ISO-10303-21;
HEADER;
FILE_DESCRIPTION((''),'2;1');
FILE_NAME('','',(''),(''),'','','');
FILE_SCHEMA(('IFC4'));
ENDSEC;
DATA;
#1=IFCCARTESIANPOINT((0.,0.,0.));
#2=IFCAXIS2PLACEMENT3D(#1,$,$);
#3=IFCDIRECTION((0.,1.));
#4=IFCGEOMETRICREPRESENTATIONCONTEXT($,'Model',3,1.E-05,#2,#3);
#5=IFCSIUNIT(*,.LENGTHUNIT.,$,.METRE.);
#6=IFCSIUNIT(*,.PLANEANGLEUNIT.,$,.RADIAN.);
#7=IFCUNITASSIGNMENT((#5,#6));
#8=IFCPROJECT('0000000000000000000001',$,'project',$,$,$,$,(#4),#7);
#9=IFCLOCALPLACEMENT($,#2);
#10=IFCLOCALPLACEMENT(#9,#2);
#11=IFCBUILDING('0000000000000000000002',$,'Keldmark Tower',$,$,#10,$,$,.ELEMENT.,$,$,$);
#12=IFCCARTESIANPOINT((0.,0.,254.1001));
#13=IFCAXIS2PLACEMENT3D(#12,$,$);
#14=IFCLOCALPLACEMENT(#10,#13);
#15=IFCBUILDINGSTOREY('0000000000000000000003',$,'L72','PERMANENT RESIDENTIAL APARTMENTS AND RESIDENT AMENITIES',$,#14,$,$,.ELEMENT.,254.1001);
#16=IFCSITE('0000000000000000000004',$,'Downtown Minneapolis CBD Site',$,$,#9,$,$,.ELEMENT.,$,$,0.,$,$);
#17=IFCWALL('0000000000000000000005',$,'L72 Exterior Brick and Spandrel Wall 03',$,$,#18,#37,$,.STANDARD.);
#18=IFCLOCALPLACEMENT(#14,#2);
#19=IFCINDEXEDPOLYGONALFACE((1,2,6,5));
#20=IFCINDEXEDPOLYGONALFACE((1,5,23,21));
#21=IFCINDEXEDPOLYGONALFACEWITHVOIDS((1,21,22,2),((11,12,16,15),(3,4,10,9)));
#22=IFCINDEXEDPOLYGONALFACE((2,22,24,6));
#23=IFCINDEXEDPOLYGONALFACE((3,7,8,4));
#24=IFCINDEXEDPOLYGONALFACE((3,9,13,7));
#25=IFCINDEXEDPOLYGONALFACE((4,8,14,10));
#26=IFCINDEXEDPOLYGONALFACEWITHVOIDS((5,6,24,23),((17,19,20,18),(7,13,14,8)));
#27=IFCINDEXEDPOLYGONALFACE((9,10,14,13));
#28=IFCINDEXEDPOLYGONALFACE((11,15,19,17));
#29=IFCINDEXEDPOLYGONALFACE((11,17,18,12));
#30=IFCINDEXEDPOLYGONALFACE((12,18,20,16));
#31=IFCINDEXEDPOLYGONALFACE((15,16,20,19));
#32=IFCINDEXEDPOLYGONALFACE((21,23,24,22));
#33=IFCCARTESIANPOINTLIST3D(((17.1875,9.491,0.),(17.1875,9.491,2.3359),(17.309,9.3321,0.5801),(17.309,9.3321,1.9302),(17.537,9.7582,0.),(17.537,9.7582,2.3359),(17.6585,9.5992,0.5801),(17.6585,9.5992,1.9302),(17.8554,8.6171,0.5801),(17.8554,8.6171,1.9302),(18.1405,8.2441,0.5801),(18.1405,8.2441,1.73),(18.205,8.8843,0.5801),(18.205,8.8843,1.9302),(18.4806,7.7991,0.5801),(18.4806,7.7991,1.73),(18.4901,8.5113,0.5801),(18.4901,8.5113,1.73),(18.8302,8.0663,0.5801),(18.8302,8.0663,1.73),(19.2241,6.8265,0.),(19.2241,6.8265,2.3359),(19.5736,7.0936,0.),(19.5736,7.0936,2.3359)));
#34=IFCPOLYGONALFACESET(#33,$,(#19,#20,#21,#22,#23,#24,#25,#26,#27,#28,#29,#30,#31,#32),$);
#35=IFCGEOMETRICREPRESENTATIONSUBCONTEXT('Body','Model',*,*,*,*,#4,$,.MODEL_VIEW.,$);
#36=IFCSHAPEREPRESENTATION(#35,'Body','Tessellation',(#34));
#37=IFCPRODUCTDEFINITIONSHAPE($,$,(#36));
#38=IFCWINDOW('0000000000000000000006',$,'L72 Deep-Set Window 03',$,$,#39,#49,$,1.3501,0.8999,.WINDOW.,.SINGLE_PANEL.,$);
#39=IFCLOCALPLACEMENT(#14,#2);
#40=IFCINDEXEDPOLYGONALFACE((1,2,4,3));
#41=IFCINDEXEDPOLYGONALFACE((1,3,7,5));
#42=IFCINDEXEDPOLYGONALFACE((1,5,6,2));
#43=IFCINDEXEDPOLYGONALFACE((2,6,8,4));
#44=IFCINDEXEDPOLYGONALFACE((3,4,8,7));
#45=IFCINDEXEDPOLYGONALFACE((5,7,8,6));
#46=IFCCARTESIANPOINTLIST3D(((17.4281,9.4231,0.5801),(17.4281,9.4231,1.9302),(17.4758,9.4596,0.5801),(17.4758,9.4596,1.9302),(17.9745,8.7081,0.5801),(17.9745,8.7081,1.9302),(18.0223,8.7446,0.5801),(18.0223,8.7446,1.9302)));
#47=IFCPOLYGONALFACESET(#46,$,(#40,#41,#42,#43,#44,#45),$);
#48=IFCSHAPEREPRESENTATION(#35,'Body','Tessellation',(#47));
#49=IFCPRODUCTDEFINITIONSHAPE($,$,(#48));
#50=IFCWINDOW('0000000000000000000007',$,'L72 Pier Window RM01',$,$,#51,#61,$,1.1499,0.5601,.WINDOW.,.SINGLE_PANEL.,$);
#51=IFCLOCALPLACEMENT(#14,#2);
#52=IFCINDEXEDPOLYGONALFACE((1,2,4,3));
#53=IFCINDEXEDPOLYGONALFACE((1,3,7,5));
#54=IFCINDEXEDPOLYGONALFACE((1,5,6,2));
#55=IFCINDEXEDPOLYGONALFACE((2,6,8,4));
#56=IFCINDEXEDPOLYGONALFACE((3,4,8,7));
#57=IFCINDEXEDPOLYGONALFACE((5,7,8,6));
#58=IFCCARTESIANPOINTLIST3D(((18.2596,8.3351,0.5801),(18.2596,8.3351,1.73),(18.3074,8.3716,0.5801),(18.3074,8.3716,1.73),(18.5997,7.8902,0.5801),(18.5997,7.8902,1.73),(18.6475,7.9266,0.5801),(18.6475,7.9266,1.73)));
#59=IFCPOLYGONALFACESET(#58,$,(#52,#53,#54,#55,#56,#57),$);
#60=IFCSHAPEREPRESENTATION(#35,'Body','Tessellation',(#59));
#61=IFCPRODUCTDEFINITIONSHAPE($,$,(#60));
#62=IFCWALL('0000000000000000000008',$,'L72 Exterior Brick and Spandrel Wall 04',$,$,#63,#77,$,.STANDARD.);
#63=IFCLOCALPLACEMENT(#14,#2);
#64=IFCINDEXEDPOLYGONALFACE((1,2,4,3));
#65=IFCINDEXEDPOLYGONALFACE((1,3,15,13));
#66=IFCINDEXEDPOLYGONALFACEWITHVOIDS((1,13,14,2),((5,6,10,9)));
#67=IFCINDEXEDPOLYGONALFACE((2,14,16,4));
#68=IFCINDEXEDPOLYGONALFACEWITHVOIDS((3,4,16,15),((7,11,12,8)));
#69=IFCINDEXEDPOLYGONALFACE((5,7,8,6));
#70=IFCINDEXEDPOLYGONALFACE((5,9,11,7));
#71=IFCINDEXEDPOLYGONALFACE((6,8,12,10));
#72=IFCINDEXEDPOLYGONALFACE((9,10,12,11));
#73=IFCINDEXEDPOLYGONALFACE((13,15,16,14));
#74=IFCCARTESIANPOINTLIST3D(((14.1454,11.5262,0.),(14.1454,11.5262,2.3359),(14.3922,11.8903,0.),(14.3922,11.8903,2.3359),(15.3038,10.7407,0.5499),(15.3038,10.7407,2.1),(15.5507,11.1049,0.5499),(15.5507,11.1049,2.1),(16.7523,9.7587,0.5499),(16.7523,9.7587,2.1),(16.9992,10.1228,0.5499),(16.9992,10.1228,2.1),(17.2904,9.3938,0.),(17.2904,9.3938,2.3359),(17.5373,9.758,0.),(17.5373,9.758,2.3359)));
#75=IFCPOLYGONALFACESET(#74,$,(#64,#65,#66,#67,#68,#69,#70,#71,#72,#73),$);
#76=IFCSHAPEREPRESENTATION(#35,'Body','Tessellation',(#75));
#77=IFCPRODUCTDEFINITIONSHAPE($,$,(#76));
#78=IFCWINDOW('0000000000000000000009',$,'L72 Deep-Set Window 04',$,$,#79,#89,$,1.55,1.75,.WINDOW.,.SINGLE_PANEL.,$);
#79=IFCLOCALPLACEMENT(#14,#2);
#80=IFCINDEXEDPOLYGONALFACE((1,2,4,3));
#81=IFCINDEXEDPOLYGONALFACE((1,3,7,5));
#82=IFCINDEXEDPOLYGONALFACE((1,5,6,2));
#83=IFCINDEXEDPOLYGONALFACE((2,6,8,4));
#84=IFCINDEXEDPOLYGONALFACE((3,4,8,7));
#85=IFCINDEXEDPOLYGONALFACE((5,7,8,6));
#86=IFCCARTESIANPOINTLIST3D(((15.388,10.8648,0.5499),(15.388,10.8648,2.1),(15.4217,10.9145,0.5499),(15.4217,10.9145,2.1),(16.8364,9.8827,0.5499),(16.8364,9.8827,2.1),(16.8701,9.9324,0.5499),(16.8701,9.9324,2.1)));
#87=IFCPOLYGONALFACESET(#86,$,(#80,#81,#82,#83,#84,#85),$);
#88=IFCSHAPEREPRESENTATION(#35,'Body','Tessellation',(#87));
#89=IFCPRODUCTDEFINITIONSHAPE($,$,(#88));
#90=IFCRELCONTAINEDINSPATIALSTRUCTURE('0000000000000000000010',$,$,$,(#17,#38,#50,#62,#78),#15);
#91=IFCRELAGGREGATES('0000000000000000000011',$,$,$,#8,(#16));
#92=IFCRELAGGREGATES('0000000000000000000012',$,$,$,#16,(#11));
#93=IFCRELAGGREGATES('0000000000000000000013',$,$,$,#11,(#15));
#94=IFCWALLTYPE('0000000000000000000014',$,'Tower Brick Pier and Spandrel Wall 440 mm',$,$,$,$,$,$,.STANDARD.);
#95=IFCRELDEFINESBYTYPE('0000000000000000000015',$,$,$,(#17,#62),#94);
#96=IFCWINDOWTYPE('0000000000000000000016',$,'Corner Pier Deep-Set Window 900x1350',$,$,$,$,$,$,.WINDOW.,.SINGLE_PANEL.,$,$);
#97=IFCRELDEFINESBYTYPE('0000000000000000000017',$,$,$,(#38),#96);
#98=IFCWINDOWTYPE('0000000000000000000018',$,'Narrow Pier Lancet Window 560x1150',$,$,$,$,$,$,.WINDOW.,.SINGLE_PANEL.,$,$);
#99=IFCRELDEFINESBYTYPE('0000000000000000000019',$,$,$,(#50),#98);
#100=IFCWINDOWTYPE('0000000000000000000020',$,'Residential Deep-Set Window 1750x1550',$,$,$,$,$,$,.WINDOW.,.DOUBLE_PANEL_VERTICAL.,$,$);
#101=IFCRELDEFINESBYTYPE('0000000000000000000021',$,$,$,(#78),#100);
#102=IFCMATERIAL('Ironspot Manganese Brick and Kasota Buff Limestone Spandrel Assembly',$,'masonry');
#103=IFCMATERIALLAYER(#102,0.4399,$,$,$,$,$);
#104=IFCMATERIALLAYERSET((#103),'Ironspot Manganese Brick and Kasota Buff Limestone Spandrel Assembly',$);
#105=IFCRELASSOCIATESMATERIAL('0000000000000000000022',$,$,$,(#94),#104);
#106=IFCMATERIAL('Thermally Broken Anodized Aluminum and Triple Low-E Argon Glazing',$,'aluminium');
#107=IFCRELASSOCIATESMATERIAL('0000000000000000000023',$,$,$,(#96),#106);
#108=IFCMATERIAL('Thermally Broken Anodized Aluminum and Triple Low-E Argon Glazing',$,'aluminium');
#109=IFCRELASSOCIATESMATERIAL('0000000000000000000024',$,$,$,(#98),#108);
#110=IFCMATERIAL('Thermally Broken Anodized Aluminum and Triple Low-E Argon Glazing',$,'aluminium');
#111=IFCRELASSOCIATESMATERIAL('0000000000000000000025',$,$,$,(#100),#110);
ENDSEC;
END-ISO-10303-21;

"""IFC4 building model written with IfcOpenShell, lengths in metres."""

from ifc_helpers import new_model, si_unit, direction, frame, frame_2d, origin, place, context, subcontext, project, spatial, rectangle, extrude, material, layer, layer_set, type_object, element, fill, save


model = new_model("IFC4")

# Units and contexts
model_context = context("Model", 3, precision=1e-05, world=origin(), true_north=direction((0.0, 1.0)))
body_context = subcontext(model_context, "Body", "Model", "MODEL_VIEW")
ifc_project = project(units=[si_unit("LENGTHUNIT", "METRE"), si_unit("PLANEANGLEUNIT", "RADIAN")], contexts=[model_context])

# Site, building, storey
site_placement = place(None, origin())
site = spatial("IfcSite", under=ifc_project, at=site_placement, Name="Downtown Minneapolis CBD Site", CompositionType="ELEMENT", RefElevation=0.0)
building_placement = place(site_placement, origin())
building = spatial("IfcBuilding", under=site, at=building_placement, Name="Keldmark Tower", CompositionType="ELEMENT")
storey_placement = place(building_placement, frame((0.0, 0.0, 254.1001)))
storey = spatial("IfcBuildingStorey", under=building, at=storey_placement, Name="L72", Description="PERMANENT RESIDENTIAL APARTMENTS AND RESIDENT AMENITIES", CompositionType="ELEMENT", Elevation=254.1001)

# Shared definitions
ifc_material_1 = material(Name="Ironspot Manganese Brick and Kasota Buff Limestone Spandrel Assembly", Category="masonry")
ifc_layer_1 = layer(ifc_material_1, 0.4399)
ifc_layer_set_1 = layer_set([ifc_layer_1], Name="Ironspot Manganese Brick and Kasota Buff Limestone Spandrel Assembly")
wall_type_1 = type_object("IfcWallType", Name="Tower Brick Pier and Spandrel Wall 440 mm", PredefinedType="STANDARD", material=ifc_layer_set_1)
ifc_material_2 = material(Name="Thermally Broken Anodized Aluminum and Triple Low-E Argon Glazing", Category="aluminium")
window_type_1 = type_object("IfcWindowType", Name="Corner Pier Deep-Set Window 900x1350", PartitioningType="SINGLE_PANEL", PredefinedType="WINDOW", material=ifc_material_2)

# Wall, openings, windows
wall_1_placement = place(storey_placement, frame((17.3623, 9.6245, 0.0), z_axis=(0.0, 0.0, 1.0), x_axis=(0.607266, -0.794498, 0.0)))
wall_1 = element("IfcWall", 1, at=wall_1_placement, inside=storey, type_object=wall_type_1, Name="L72 Exterior Brick and Spandrel Wall 03", PredefinedType="STANDARD", context=body_context, shape_type="SweptSolid", body=[
    extrude(rectangle(XDim=3.3538, YDim=0.4399, at=frame_2d((1.6768, 0.0))), origin(), (0.0, 0.0, 1.0), 2.3359),
])
opening_1_placement = place(wall_1_placement, frame((0.2, 0.0, 0.5801)))
opening_1 = element("IfcOpeningElement", 2, at=opening_1_placement, cuts=wall_1, PredefinedType="OPENING", context=body_context, shape_type="SweptSolid", body=[
    extrude(rectangle(XDim=0.8999, YDim=1.3501, at=frame_2d((0.45, 0.675))), frame((0.0, 0.23, 0.0), z_axis=(0.0, -1.0, 0.0), x_axis=(1.0, 0.0, 0.0)), (0.0, 0.0, 1.0), 0.46),
])
opening_2_placement = place(wall_1_placement, frame((1.5693, 0.0, 0.5801)))
opening_2 = element("IfcOpeningElement", 3, at=opening_2_placement, cuts=wall_1, PredefinedType="OPENING", context=body_context, shape_type="SweptSolid", body=[
    extrude(rectangle(XDim=0.5601, YDim=1.1499, at=frame_2d((0.28, 0.575))), frame((0.0, 0.23, 0.0), z_axis=(0.0, -1.0, 0.0), x_axis=(1.0, 0.0, 0.0)), (0.0, 0.0, 1.0), 0.46),
])
window_1_placement = place(opening_1_placement, origin())
window_1 = element("IfcWindow", 4, at=window_1_placement, inside=storey, type_object=window_type_1, Name="L72 Deep-Set Window 03", OverallHeight=1.3501, OverallWidth=0.8999, PartitioningType="SINGLE_PANEL", PredefinedType="WINDOW", context=body_context, shape_type="SweptSolid", body=[
    extrude(rectangle(XDim=0.8999, YDim=1.3501, at=frame_2d((0.45, 0.675))), frame((0.0, -0.01, 0.0), z_axis=(0.0, -1.0, 0.0), x_axis=(1.0, 0.0, 0.0)), (0.0, 0.0, 1.0), 0.0601),
])
fill(opening_1, window_1)
ifc_material_3 = material(Name="Thermally Broken Anodized Aluminum and Triple Low-E Argon Glazing", Category="aluminium")
window_type_2 = type_object("IfcWindowType", Name="Narrow Pier Lancet Window 560x1150", PartitioningType="SINGLE_PANEL", PredefinedType="WINDOW", material=ifc_material_3)
window_2_placement = place(opening_2_placement, origin())
window_2 = element("IfcWindow", 5, at=window_2_placement, inside=storey, type_object=window_type_2, Name="L72 Pier Window RM01", OverallHeight=1.1499, OverallWidth=0.5601, PartitioningType="SINGLE_PANEL", PredefinedType="WINDOW", context=body_context, shape_type="SweptSolid", body=[
    extrude(rectangle(XDim=0.5601, YDim=1.1499, at=frame_2d((0.28, 0.575))), frame((0.0, -0.01, 0.0), z_axis=(0.0, -1.0, 0.0), x_axis=(1.0, 0.0, 0.0)), (0.0, 0.0, 1.0), 0.0601),
])
fill(opening_2, window_2)

# Wall, opening, window
wall_2_placement = place(storey_placement, frame((14.2688, 11.7083, 0.0), z_axis=(0.0, 0.0, 1.0), x_axis=(0.827695, -0.561178, 0.0)))
wall_2 = element("IfcWall", 6, at=wall_2_placement, inside=storey, type_object=wall_type_1, Name="L72 Exterior Brick and Spandrel Wall 04", PredefinedType="STANDARD", context=body_context, shape_type="SweptSolid", body=[
    extrude(rectangle(XDim=3.7998, YDim=0.4399, at=frame_2d((1.8999, 0.0))), origin(), (0.0, 0.0, 1.0), 2.3359),
])
opening_3_placement = place(wall_2_placement, frame((1.3997, 0.0, 0.55)))
opening_3 = element("IfcOpeningElement", 7, at=opening_3_placement, cuts=wall_2, PredefinedType="OPENING", context=body_context, shape_type="SweptSolid", body=[
    extrude(rectangle(XDim=1.75, YDim=1.55, at=frame_2d((0.875, 0.7749))), frame((0.0, 0.23, 0.0), z_axis=(0.0, -1.0, 0.0), x_axis=(1.0, 0.0, 0.0)), (0.0, 0.0, 1.0), 0.46),
])
ifc_material_4 = material(Name="Thermally Broken Anodized Aluminum and Triple Low-E Argon Glazing", Category="aluminium")
window_type_3 = type_object("IfcWindowType", Name="Residential Deep-Set Window 1750x1550", PartitioningType="DOUBLE_PANEL_VERTICAL", PredefinedType="WINDOW", material=ifc_material_4)
window_3_placement = place(opening_3_placement, origin())
window_3 = element("IfcWindow", 8, at=window_3_placement, inside=storey, type_object=window_type_3, Name="L72 Deep-Set Window 04", OverallHeight=1.55, OverallWidth=1.75, PartitioningType="SINGLE_PANEL", PredefinedType="WINDOW", context=body_context, shape_type="SweptSolid", body=[
    extrude(rectangle(XDim=1.75, YDim=1.55, at=frame_2d((0.875, 0.7749))), frame((0.0, -0.01, 0.0), z_axis=(0.0, -1.0, 0.0), x_axis=(1.0, 0.0, 0.0)), (0.0, 0.0, 1.0), 0.0601),
])
fill(opening_3, window_3)

save(model, "model.ifc")
